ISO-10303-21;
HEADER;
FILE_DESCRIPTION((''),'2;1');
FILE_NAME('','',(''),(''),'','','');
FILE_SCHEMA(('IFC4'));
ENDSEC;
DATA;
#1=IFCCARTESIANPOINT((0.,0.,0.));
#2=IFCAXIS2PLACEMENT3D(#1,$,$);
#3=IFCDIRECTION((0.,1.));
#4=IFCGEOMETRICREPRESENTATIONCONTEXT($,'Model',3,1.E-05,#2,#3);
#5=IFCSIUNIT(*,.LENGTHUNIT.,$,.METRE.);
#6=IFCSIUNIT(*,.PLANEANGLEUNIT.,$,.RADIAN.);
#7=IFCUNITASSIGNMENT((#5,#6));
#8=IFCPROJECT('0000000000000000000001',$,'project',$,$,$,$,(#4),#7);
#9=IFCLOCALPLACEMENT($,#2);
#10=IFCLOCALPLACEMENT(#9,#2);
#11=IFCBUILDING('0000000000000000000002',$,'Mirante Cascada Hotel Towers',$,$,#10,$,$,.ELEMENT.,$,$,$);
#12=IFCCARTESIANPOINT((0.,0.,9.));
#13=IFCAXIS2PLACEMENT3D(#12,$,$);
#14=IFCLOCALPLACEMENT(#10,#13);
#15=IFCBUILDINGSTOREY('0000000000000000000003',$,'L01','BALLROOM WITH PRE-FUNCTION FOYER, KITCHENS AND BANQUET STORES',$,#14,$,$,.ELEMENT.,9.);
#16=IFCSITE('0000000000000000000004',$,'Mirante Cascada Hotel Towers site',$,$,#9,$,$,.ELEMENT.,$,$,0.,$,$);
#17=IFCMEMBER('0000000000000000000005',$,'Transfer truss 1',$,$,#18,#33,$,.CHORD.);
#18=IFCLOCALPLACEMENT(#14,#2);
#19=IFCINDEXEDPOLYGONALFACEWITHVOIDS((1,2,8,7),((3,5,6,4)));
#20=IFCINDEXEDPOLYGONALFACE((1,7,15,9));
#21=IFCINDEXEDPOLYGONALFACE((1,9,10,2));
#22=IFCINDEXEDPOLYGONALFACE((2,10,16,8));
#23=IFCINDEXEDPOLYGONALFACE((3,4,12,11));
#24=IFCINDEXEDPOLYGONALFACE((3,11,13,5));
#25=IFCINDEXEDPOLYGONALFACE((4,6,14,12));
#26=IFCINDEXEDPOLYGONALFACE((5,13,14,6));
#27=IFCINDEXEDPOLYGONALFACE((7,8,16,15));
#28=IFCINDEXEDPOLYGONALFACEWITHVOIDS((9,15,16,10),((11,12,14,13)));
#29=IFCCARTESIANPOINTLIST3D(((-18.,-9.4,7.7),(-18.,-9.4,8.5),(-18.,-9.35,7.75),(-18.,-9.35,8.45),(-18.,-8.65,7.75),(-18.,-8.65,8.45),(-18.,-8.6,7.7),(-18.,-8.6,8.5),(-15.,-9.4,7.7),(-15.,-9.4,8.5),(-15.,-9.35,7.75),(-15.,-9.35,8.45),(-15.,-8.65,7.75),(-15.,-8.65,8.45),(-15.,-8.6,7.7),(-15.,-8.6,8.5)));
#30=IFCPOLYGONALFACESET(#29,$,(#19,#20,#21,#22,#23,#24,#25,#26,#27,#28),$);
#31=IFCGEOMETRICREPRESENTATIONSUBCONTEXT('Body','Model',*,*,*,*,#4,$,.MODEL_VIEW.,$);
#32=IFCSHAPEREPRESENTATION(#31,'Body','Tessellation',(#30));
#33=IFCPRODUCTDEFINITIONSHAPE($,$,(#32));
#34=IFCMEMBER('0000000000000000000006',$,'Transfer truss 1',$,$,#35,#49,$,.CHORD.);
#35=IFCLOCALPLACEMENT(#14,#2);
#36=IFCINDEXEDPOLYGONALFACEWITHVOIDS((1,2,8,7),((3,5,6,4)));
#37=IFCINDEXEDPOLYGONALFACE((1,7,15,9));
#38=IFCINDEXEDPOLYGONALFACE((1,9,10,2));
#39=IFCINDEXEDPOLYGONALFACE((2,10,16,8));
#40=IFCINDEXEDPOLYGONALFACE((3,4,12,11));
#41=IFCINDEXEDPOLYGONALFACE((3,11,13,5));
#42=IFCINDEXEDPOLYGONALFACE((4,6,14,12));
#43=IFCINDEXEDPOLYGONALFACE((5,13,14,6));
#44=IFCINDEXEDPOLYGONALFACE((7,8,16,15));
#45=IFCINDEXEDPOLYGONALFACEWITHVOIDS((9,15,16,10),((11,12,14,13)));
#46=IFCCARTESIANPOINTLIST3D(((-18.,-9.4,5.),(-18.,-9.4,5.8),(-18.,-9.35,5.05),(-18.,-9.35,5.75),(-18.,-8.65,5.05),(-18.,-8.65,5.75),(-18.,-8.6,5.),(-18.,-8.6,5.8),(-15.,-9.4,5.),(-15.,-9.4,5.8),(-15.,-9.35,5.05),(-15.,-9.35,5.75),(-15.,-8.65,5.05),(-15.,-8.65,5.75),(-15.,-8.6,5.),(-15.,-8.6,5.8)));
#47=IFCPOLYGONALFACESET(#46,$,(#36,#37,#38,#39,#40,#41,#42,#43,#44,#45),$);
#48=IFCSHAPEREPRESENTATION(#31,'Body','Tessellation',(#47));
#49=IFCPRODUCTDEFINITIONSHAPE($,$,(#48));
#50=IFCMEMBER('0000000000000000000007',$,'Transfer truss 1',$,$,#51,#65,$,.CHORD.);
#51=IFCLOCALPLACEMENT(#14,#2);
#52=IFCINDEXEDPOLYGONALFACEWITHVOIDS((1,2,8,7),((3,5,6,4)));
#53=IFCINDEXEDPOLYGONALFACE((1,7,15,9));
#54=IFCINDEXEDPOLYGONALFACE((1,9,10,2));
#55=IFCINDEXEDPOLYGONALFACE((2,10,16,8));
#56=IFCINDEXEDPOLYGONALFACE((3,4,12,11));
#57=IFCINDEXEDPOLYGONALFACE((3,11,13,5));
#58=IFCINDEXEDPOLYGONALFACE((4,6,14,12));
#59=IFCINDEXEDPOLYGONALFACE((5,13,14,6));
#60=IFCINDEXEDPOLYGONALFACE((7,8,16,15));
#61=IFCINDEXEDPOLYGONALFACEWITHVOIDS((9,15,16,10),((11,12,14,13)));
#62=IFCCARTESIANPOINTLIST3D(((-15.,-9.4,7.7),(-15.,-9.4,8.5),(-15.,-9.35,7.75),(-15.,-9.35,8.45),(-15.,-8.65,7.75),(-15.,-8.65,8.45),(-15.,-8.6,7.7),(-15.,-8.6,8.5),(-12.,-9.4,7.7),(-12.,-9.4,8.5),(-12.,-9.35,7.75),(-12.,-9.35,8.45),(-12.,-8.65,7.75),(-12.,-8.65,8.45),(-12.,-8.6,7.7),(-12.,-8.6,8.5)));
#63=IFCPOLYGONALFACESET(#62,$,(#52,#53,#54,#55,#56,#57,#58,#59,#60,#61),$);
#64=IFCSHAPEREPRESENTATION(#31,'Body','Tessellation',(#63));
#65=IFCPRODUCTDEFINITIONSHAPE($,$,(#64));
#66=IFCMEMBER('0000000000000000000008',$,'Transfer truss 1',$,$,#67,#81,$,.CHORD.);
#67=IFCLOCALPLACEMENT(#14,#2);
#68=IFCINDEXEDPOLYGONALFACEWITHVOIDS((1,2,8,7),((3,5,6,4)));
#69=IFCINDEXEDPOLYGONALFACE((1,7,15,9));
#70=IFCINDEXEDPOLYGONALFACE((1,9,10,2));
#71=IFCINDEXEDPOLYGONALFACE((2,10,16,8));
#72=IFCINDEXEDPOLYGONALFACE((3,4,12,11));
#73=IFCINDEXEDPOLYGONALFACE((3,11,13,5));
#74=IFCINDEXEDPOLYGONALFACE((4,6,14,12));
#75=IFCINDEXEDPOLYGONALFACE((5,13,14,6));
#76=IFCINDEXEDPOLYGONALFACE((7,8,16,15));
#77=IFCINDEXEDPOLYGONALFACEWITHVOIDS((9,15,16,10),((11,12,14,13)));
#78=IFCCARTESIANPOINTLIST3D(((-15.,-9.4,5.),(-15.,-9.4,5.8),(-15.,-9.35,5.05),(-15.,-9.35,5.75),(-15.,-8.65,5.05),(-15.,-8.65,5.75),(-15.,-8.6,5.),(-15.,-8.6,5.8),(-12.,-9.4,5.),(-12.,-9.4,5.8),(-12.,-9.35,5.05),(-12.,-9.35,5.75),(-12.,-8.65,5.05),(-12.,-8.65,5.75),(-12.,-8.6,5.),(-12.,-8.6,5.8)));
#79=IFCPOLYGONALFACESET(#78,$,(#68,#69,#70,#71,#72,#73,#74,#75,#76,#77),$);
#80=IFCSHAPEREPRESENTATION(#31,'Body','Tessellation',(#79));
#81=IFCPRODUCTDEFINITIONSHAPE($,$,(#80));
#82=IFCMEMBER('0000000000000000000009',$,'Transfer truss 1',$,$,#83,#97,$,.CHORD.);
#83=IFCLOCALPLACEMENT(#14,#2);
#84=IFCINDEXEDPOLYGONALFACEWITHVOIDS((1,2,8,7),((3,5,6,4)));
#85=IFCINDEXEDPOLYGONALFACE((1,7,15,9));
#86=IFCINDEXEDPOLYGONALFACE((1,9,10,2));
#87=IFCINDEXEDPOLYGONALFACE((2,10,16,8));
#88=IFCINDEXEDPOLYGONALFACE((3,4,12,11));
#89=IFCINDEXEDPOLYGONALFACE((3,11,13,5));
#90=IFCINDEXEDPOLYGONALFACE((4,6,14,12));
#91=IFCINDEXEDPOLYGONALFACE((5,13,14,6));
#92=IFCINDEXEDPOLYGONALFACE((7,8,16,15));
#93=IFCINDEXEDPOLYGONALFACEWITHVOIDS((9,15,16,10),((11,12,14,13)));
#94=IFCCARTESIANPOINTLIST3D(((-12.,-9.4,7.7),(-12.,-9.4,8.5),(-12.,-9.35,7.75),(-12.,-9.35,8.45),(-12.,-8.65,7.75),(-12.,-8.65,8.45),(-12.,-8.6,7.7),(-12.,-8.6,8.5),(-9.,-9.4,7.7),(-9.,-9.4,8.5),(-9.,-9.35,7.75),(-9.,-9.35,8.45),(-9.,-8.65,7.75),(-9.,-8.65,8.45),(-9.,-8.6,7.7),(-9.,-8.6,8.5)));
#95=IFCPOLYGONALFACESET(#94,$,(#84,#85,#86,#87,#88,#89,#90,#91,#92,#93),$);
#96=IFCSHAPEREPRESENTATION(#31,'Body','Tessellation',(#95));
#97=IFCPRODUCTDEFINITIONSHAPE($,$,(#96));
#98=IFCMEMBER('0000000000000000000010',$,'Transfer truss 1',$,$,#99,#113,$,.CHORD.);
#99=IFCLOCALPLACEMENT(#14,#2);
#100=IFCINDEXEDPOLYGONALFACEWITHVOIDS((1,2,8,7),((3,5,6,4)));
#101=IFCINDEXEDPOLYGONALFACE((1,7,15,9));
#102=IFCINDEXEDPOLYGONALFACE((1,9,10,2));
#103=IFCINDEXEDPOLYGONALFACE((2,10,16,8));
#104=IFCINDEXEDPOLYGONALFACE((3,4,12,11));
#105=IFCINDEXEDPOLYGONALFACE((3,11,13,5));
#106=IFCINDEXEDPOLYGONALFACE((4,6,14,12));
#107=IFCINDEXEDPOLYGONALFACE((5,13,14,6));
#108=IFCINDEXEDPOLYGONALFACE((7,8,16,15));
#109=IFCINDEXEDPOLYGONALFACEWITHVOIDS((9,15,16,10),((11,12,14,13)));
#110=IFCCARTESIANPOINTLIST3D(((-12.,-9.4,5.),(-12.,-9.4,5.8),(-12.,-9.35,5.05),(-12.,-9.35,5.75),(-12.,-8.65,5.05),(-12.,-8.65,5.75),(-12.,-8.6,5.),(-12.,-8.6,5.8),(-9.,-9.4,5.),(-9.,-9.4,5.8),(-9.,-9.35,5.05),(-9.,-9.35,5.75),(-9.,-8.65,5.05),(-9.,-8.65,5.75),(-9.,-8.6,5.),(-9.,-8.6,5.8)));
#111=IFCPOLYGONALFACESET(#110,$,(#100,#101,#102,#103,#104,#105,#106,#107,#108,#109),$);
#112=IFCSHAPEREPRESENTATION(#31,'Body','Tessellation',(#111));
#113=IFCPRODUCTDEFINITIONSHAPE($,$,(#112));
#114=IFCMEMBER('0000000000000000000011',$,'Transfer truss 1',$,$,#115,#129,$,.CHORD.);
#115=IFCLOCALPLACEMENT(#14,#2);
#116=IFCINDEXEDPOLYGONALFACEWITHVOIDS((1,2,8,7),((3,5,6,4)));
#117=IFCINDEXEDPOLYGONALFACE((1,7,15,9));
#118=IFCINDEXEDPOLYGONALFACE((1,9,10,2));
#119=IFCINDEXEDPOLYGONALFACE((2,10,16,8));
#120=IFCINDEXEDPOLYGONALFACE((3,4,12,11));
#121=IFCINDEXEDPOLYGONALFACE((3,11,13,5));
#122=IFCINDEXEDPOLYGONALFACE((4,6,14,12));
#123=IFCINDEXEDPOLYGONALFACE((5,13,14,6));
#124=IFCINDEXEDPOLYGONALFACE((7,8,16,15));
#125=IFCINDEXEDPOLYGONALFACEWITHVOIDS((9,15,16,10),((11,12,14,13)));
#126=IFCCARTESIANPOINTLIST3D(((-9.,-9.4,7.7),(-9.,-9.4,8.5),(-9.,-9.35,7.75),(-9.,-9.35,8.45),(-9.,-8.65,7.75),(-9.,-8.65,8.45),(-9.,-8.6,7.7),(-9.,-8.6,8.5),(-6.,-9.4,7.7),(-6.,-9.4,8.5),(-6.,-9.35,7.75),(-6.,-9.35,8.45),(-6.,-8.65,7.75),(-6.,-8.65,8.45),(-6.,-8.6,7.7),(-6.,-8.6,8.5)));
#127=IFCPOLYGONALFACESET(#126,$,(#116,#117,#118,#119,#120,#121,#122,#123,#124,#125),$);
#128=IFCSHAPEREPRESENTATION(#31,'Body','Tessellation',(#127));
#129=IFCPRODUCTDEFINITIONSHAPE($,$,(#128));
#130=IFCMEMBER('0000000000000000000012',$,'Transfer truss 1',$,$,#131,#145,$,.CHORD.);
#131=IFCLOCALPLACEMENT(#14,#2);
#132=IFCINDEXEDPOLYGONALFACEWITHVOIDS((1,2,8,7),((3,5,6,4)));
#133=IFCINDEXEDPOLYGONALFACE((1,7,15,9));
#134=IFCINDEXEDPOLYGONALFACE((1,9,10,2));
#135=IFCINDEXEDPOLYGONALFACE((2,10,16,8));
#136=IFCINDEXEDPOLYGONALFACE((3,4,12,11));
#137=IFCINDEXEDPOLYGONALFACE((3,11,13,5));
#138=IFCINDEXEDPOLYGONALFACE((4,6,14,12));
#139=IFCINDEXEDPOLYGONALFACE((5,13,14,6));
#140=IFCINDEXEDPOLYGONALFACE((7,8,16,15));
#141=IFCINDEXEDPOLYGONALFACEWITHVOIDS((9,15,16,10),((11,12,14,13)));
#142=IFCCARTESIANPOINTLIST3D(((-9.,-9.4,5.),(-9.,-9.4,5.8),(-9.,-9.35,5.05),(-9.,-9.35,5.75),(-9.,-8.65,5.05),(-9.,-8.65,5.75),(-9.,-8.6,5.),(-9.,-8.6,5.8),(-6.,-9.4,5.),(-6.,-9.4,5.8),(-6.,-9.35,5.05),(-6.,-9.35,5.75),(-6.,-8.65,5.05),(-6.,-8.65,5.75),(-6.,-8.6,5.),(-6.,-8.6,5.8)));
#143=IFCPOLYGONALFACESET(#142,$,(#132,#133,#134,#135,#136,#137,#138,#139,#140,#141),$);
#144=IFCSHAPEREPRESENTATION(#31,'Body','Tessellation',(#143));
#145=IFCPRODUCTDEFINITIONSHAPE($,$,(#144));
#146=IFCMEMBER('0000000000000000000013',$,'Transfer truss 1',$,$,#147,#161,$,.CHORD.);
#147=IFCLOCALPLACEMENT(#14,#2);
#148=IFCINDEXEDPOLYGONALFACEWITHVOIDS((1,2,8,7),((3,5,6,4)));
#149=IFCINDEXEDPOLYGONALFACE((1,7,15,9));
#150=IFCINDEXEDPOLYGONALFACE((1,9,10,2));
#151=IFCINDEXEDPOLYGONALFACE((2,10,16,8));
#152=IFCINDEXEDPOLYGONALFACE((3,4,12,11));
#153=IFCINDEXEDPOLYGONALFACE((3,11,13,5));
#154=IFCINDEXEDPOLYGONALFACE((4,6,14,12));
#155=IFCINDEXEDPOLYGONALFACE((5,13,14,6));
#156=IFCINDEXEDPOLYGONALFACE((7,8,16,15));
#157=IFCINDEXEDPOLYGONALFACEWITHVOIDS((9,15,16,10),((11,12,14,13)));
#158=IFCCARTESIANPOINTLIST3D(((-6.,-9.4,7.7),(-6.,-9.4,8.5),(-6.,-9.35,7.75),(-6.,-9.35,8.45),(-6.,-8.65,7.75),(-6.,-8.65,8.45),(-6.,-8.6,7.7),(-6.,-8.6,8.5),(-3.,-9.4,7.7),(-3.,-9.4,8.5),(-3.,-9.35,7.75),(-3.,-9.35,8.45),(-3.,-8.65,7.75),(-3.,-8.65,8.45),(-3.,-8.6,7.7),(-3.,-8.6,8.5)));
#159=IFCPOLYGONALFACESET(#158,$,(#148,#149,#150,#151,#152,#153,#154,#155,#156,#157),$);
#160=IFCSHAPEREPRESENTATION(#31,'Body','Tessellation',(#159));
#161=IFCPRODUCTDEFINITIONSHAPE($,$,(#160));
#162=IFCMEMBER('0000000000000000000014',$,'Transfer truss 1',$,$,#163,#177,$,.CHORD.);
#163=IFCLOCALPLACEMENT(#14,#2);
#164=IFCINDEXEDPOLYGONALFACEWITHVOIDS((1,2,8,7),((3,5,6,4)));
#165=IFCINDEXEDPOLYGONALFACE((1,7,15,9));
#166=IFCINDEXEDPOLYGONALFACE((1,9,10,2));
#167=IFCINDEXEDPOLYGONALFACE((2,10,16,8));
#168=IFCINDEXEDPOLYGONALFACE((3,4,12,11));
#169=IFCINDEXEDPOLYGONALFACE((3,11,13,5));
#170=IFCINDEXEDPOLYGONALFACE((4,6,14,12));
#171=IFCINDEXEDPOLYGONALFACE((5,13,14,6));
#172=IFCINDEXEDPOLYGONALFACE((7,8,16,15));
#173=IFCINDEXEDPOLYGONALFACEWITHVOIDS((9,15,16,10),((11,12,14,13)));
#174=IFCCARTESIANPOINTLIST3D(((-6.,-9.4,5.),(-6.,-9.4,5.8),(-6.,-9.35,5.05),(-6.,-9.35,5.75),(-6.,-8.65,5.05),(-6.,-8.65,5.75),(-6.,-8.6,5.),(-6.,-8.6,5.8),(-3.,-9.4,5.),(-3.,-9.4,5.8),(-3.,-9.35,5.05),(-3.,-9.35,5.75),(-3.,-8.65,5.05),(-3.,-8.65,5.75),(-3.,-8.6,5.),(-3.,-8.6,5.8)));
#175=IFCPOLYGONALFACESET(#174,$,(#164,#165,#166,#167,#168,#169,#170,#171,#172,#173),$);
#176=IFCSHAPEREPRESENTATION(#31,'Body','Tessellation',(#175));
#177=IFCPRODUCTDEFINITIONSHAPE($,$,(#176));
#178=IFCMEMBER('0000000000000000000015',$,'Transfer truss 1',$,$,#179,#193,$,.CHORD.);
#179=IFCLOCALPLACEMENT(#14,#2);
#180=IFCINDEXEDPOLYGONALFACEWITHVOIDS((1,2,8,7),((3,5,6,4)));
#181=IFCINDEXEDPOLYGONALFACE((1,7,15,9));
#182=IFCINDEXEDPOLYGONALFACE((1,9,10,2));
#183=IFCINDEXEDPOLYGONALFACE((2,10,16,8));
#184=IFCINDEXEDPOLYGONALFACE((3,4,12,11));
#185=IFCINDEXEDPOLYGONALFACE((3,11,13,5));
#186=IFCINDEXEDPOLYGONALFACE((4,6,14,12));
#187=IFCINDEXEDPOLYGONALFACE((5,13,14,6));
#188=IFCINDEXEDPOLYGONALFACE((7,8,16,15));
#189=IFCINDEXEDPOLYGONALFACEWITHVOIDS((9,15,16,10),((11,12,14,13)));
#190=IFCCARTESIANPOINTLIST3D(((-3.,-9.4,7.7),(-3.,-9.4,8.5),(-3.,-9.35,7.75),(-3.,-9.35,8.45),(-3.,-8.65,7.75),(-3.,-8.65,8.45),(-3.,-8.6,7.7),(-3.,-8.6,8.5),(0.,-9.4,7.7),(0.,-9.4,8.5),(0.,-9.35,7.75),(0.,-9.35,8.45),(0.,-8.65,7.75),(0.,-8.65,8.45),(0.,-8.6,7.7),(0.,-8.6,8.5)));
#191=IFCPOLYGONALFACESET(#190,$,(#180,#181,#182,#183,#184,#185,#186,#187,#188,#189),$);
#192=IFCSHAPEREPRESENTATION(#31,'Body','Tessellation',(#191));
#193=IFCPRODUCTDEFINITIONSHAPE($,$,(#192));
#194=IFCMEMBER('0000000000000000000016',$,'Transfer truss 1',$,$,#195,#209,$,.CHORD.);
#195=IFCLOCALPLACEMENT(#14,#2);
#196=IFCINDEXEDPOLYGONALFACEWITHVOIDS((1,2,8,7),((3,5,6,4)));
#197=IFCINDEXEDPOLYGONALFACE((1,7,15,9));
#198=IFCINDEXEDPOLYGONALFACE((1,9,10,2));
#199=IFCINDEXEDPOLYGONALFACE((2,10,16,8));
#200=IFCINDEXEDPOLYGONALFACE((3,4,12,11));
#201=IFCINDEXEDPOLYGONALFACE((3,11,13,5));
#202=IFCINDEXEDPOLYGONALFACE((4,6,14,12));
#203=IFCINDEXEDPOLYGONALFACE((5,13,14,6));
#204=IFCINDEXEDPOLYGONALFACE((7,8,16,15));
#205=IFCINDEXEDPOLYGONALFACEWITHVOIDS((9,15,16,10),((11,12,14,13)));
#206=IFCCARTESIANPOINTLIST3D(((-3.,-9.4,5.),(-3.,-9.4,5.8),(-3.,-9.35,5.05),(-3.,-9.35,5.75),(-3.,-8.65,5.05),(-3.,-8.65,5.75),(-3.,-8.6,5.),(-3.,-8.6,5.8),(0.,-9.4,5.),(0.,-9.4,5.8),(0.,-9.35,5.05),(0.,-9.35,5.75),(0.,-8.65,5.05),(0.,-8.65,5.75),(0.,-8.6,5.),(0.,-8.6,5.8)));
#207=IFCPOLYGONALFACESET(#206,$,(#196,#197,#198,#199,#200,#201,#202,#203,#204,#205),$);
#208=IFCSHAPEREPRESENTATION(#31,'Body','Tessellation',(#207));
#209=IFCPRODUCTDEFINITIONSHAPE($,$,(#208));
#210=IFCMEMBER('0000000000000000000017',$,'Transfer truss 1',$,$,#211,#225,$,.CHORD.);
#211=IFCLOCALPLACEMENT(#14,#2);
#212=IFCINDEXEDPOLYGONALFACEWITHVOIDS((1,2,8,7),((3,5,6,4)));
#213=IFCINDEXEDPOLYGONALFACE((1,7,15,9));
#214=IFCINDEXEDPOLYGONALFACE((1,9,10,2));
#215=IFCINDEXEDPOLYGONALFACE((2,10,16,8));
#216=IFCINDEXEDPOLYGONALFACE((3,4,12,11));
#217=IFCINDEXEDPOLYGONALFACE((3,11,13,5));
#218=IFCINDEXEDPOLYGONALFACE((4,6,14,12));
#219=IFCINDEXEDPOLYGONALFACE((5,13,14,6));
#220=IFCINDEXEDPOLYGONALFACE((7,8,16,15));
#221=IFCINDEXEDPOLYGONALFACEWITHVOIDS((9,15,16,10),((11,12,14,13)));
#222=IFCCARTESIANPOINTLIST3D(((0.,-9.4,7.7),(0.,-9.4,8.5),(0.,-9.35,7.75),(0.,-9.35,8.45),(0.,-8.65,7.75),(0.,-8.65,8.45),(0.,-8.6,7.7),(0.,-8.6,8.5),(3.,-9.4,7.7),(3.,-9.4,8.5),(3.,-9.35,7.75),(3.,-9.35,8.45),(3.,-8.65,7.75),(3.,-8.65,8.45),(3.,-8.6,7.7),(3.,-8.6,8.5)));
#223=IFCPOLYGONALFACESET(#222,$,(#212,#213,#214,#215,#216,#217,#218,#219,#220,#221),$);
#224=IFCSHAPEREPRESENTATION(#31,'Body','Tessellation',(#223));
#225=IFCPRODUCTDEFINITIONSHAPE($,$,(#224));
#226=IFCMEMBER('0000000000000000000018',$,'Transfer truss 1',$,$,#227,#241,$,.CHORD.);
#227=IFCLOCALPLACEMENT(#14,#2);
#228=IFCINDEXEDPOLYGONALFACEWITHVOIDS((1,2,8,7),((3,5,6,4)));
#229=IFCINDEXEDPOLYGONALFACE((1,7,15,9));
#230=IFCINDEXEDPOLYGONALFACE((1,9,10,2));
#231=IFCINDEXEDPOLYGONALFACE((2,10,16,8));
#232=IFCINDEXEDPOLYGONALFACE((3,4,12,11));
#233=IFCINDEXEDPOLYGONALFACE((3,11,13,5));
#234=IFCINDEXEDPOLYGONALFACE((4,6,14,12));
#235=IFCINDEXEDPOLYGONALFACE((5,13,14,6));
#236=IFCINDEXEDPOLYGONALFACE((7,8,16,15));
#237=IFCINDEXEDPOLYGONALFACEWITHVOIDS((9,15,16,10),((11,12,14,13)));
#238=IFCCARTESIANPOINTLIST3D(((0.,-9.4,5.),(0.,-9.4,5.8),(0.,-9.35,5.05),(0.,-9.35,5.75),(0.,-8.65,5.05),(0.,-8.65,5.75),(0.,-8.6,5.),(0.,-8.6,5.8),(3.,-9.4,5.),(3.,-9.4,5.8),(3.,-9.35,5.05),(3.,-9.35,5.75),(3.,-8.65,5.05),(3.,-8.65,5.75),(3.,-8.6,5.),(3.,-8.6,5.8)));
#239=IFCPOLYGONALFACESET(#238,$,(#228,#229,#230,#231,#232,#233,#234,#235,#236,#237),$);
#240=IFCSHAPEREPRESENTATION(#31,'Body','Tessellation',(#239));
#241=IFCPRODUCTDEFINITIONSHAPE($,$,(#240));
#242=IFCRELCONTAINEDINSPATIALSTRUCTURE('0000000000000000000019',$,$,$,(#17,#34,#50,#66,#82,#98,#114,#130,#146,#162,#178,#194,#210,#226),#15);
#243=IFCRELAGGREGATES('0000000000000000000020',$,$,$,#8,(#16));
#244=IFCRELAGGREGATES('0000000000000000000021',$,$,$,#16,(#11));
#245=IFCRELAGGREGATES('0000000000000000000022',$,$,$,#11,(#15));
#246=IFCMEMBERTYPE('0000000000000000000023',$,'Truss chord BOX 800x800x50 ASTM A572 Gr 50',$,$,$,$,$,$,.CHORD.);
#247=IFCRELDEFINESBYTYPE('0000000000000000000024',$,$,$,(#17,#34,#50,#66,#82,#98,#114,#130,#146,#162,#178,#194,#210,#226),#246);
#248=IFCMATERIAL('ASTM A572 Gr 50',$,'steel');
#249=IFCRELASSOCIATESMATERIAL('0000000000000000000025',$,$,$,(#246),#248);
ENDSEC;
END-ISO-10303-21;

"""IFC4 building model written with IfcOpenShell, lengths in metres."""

from ifc_helpers import new_model, si_unit, direction, frame, origin, origin_2d, place, context, subcontext, project, spatial, hollow_rectangle, extrude, material, material_profile, profile_set, type_object, element, save


model = new_model("IFC4")

# Units and contexts
model_context = context("Model", 3, precision=1e-05, world=origin(), true_north=direction((0.0, 1.0)))
body_context = subcontext(model_context, "Body", "Model", "MODEL_VIEW")
ifc_project = project(units=[si_unit("LENGTHUNIT", "METRE"), si_unit("PLANEANGLEUNIT", "RADIAN")], contexts=[model_context])

# Site, building, storey
site_placement = place(None, origin())
site = spatial("IfcSite", under=ifc_project, at=site_placement, Name="Mirante Cascada Hotel Towers site", CompositionType="ELEMENT", RefElevation=0.0)
building_placement = place(site_placement, origin())
building = spatial("IfcBuilding", under=site, at=building_placement, Name="Mirante Cascada Hotel Towers", CompositionType="ELEMENT")
storey_placement = place(building_placement, frame((0.0, 0.0, 9.0)))
storey = spatial("IfcBuildingStorey", under=building, at=storey_placement, Name="L01", Description="BALLROOM WITH PRE-FUNCTION FOYER, KITCHENS AND BANQUET STORES", CompositionType="ELEMENT", Elevation=9.0)

# Members
ifc_material_1 = material(Name="ASTM A572 Gr 50", Category="steel")
ifc_material_profile_1 = material_profile(ifc_material_1, hollow_rectangle(XDim=0.8, YDim=0.8, WallThickness=0.05, at=origin_2d()), Name="BOX 800x800x50")
ifc_profile_set_1 = profile_set([ifc_material_profile_1], Name="ASTM A572 Gr 50")
member_type_1 = type_object("IfcMemberType", Name="Truss chord BOX 800x800x50 ASTM A572 Gr 50", PredefinedType="CHORD", material=ifc_profile_set_1)
for number, where, z_axis, x_axis, name in (
    (1, (-18.0, -9.0, 8.1), (1.0, 0.0, 0.0), (0.0, 1.0, 0.0), "Transfer truss 1"),
    (2, (-18.0, -9.0, 5.4), (1.0, 0.0, 0.0), (0.0, 1.0, 0.0), "Transfer truss 1"),
    (3, (-15.0, -9.0, 8.1), (1.0, 0.0, 0.0), (0.0, 1.0, 0.0), "Transfer truss 1"),
    (4, (-15.0, -9.0, 5.4), (1.0, 0.0, 0.0), (0.0, 1.0, 0.0), "Transfer truss 1"),
    (5, (-12.0, -9.0, 8.1), (1.0, 0.0, 0.0), (0.0, 1.0, 0.0), "Transfer truss 1"),
    (6, (-12.0, -9.0, 5.4), (1.0, 0.0, 0.0), (0.0, 1.0, 0.0), "Transfer truss 1"),
    (7, (-9.0, -9.0, 8.1), (1.0, 0.0, 0.0), (0.0, 1.0, 0.0), "Transfer truss 1"),
    (8, (-9.0, -9.0, 5.4), (1.0, 0.0, 0.0), (0.0, 1.0, 0.0), "Transfer truss 1"),
    (9, (-6.0, -9.0, 8.1), (1.0, 0.0, 0.0), (0.0, 1.0, 0.0), "Transfer truss 1"),
    (10, (-6.0, -9.0, 5.4), (1.0, 0.0, 0.0), (0.0, 1.0, 0.0), "Transfer truss 1"),
    (11, (-3.0, -9.0, 8.1), (1.0, 0.0, 0.0), (0.0, 1.0, 0.0), "Transfer truss 1"),
    (12, (-3.0, -9.0, 5.4), (1.0, 0.0, 0.0), (0.0, 1.0, 0.0), "Transfer truss 1"),
    (13, (0.0, -9.0, 8.1), (1.0, 0.0, 0.0), (0.0, 1.0, 0.0), "Transfer truss 1"),
    (14, (0.0, -9.0, 5.4), (1.0, 0.0, 0.0), (0.0, 1.0, 0.0), "Transfer truss 1"),
):
    element("IfcMember", number, at=place(storey_placement, frame(where, z_axis=z_axis, x_axis=x_axis)), inside=storey, type_object=member_type_1, Name=name, PredefinedType="CHORD", context=body_context, shape_type="SweptSolid", body=[
        extrude(hollow_rectangle(XDim=0.8, YDim=0.8, WallThickness=0.05, at=origin_2d()), origin(), (0.0, 0.0, 1.0), 3.0),
    ])

save(model, "model.ifc")
